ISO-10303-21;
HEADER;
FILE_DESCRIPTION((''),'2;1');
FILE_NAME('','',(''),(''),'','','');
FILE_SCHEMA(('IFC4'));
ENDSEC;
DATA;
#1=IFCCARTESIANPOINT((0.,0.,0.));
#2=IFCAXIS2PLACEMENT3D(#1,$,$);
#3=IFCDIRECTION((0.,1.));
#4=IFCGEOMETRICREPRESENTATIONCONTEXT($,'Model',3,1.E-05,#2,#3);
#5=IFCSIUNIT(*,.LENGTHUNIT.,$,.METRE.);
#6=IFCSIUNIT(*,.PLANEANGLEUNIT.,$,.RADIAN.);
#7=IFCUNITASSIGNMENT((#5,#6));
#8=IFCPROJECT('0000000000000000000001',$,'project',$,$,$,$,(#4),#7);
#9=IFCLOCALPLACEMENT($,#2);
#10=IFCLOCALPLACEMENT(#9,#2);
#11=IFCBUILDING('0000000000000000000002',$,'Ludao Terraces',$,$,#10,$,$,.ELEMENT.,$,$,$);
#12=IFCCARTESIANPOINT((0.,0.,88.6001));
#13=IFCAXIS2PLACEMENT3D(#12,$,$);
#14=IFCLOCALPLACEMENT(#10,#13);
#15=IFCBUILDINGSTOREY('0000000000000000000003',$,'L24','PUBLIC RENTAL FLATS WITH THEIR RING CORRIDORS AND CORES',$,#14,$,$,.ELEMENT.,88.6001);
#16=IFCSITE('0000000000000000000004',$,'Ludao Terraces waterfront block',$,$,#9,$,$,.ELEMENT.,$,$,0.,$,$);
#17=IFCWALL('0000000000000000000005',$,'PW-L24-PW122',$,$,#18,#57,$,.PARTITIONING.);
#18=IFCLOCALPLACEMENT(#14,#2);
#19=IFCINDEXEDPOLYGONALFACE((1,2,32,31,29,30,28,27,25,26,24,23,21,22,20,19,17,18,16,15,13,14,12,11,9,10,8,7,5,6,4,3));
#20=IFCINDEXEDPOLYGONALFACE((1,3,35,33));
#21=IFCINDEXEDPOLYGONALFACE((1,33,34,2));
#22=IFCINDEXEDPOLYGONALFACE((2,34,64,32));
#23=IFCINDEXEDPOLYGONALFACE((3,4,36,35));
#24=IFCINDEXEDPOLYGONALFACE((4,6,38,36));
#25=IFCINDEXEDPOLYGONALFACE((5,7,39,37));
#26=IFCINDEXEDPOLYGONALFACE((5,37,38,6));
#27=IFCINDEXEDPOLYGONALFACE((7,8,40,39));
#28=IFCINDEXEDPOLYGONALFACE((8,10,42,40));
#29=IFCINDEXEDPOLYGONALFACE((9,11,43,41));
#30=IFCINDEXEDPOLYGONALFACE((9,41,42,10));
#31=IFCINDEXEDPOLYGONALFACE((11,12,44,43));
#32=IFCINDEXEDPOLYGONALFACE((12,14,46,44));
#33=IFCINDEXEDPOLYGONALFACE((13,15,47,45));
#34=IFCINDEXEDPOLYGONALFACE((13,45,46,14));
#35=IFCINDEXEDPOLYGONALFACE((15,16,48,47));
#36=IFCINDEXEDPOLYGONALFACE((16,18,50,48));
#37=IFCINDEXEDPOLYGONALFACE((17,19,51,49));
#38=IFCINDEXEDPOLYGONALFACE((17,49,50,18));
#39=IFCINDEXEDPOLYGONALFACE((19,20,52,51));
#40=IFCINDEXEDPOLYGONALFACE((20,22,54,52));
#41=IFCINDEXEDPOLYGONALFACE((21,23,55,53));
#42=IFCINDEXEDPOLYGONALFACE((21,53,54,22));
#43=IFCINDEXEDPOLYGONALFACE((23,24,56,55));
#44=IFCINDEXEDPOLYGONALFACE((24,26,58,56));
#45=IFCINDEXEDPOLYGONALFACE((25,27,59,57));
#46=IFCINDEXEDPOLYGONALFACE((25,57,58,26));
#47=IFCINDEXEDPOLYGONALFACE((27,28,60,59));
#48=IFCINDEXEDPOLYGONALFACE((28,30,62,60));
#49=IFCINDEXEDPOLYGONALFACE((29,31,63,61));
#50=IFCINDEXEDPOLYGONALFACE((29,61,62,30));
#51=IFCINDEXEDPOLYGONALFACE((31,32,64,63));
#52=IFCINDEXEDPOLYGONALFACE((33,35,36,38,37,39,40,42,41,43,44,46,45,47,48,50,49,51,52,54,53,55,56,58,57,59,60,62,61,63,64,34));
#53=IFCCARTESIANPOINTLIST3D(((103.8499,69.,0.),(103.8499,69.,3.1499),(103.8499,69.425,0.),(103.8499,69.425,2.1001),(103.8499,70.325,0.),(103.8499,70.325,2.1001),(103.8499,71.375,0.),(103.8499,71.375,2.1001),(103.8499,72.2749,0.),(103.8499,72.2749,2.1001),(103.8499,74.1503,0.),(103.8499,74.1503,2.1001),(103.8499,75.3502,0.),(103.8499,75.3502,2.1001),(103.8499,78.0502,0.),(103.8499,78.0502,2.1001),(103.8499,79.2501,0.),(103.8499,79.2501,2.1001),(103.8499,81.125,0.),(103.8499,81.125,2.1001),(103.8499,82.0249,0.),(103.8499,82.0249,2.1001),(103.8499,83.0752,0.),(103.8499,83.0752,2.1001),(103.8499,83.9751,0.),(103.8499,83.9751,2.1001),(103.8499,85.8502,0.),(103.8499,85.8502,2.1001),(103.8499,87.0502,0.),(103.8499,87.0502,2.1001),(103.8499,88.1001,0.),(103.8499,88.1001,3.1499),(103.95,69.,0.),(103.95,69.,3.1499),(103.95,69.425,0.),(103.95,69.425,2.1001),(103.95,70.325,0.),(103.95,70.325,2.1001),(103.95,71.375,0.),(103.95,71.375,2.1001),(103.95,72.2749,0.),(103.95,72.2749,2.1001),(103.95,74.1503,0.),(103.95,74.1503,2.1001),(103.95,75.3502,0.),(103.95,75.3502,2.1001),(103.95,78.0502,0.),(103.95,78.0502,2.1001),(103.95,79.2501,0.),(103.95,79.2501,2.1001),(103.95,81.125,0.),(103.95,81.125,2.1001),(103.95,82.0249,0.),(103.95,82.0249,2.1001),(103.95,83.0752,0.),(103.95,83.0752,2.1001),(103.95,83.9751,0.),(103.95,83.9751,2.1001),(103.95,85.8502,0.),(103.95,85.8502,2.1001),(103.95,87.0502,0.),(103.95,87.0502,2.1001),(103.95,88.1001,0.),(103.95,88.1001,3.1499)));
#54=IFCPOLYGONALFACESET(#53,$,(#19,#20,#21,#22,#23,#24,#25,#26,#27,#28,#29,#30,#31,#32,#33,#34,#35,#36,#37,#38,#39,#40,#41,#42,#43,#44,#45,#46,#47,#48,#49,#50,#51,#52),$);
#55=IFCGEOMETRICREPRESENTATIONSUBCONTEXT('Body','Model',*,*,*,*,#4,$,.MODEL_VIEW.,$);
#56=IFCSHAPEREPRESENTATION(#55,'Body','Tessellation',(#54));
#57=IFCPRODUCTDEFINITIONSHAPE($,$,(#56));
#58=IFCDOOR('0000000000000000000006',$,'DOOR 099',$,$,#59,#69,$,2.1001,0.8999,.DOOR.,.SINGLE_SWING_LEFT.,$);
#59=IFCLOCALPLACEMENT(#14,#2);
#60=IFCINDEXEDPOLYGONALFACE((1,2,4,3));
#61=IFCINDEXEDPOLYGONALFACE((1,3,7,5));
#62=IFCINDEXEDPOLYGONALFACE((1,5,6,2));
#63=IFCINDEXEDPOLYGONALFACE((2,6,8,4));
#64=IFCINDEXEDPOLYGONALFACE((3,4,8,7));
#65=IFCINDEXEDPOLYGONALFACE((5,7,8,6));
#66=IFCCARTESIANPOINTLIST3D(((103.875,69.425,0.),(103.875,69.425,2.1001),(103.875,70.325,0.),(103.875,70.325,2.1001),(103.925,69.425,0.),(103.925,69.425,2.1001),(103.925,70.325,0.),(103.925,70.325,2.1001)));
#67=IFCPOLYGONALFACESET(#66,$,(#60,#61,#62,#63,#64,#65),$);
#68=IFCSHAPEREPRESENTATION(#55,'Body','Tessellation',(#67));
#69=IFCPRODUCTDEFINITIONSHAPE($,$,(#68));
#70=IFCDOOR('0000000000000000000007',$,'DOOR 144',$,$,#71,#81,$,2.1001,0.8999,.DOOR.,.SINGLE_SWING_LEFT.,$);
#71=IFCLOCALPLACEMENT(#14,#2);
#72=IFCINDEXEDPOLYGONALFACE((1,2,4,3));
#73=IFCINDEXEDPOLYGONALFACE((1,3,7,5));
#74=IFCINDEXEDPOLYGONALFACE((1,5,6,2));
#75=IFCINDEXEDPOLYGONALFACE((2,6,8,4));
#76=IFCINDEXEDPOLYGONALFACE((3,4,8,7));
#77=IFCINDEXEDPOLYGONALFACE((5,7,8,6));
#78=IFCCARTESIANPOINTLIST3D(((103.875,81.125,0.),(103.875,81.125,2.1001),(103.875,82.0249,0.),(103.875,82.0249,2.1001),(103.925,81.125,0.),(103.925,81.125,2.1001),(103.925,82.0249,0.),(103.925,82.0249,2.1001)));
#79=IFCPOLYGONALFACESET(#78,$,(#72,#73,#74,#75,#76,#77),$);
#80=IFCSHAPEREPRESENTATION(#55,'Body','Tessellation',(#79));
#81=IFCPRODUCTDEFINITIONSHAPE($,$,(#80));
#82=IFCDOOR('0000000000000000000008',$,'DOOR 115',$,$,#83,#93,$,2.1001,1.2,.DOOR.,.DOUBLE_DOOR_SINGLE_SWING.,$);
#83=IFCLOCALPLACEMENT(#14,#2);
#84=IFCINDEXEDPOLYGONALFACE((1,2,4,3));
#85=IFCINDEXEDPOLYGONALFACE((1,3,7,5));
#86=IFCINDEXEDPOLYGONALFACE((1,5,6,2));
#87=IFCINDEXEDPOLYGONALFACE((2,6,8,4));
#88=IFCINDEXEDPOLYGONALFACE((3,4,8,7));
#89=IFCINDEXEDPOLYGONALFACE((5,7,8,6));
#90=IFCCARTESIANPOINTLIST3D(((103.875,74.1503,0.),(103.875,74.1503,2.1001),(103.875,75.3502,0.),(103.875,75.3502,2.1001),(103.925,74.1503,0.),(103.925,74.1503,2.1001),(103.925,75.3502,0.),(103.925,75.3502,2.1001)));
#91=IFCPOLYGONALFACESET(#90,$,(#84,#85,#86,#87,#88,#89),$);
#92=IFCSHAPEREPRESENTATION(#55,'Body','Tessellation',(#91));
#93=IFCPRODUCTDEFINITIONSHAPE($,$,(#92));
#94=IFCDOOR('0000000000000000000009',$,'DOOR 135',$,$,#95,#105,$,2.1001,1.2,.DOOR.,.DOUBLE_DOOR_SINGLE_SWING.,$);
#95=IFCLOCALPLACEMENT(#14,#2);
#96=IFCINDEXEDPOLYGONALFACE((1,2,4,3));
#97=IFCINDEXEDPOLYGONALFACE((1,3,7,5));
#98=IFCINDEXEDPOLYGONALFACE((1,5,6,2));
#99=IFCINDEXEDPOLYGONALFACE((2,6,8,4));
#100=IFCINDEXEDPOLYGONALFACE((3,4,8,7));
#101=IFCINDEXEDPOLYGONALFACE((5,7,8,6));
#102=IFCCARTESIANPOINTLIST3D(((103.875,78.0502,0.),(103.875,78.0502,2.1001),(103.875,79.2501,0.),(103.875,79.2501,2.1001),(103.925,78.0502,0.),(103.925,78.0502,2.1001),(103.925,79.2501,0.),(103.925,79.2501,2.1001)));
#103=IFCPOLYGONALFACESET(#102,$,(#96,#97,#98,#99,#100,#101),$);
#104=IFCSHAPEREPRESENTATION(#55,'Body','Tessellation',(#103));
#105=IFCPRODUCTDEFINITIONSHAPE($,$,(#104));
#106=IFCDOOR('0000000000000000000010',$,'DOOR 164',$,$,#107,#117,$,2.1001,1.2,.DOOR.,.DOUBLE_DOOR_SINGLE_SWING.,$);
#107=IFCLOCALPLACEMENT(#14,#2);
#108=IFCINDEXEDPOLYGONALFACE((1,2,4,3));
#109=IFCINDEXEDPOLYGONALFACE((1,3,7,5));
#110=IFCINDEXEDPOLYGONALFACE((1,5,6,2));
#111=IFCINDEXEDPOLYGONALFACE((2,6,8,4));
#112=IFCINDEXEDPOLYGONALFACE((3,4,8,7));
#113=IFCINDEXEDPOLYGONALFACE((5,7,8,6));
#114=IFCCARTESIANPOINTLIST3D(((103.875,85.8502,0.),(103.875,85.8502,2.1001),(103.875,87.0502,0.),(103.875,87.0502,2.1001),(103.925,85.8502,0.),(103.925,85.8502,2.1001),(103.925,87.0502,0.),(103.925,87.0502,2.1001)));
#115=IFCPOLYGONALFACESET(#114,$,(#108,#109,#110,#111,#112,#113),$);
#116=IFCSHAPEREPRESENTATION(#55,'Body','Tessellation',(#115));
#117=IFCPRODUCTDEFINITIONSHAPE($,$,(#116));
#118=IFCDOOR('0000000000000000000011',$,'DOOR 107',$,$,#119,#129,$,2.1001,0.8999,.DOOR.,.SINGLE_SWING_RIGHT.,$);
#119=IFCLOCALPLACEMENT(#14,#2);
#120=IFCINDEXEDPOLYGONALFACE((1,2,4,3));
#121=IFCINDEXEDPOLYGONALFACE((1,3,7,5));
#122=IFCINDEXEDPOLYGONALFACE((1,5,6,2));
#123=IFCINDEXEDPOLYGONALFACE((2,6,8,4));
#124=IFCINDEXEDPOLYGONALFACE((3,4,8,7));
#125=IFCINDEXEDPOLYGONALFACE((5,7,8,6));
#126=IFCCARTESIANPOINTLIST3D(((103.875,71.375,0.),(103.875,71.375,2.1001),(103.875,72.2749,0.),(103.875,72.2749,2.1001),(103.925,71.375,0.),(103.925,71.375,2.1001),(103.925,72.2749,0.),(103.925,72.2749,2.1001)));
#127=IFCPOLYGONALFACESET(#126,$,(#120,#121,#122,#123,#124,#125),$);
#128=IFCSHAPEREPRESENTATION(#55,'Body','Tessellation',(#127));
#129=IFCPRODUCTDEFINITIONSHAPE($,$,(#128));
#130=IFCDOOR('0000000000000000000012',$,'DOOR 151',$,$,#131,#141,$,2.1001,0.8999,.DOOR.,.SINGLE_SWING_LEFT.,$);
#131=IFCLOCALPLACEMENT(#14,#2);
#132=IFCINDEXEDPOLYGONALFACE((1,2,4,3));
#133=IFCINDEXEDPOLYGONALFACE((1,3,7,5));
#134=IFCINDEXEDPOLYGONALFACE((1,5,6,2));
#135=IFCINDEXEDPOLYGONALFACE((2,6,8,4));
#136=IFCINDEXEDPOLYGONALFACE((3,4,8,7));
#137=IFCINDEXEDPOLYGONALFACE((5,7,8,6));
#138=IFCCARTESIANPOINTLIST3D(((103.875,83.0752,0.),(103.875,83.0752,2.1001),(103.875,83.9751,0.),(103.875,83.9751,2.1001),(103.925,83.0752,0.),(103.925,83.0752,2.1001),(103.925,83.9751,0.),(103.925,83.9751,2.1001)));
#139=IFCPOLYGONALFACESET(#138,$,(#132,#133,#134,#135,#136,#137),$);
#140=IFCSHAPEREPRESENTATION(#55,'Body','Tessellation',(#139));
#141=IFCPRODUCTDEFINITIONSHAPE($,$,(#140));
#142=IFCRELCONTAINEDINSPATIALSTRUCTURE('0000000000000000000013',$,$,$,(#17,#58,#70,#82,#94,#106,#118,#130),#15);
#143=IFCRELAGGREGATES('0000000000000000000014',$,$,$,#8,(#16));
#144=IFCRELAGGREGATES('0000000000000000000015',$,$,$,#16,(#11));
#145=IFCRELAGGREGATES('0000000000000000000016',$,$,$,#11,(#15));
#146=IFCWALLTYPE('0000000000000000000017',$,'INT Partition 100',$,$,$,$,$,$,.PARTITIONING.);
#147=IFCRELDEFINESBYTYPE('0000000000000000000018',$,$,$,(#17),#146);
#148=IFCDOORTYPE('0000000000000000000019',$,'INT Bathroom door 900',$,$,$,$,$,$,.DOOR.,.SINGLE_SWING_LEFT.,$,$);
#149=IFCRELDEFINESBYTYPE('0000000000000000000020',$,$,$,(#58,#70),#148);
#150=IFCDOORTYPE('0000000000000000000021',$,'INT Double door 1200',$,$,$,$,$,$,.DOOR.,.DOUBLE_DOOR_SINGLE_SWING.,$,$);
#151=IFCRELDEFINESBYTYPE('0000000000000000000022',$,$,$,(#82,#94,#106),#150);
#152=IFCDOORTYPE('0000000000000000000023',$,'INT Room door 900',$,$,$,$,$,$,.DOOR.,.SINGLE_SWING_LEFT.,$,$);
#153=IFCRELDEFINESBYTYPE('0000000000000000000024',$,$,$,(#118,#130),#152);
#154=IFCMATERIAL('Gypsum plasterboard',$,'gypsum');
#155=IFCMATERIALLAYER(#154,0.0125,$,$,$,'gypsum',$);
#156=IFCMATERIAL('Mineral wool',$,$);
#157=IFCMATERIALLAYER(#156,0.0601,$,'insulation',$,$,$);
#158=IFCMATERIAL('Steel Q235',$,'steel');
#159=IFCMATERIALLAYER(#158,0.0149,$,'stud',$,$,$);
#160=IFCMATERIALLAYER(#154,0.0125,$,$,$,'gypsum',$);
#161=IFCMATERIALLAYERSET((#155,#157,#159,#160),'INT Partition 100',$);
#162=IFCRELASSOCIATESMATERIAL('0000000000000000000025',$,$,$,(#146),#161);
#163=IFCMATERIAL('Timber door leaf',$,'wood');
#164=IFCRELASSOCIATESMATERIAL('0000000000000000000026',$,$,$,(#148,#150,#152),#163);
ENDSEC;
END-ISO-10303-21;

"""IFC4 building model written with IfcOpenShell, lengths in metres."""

from ifc_helpers import new_model, si_unit, direction, frame, frame_2d, origin, place, context, subcontext, project, spatial, rectangle, extrude, material, layer, layer_set, type_object, element, fill, save


model = new_model("IFC4")

# Units and contexts
model_context = context("Model", 3, precision=1e-05, world=origin(), true_north=direction((0.0, 1.0)))
body_context = subcontext(model_context, "Body", "Model", "MODEL_VIEW")
ifc_project = project(units=[si_unit("LENGTHUNIT", "METRE"), si_unit("PLANEANGLEUNIT", "RADIAN")], contexts=[model_context])

# Site, building, storey
site_placement = place(None, origin())
site = spatial("IfcSite", under=ifc_project, at=site_placement, Name="Ludao Terraces waterfront block", CompositionType="ELEMENT", RefElevation=0.0)
building_placement = place(site_placement, origin())
building = spatial("IfcBuilding", under=site, at=building_placement, Name="Ludao Terraces", CompositionType="ELEMENT")
storey_placement = place(building_placement, frame((0.0, 0.0, 88.6001)))
storey = spatial("IfcBuildingStorey", under=building, at=storey_placement, Name="L24", Description="PUBLIC RENTAL FLATS WITH THEIR RING CORRIDORS AND CORES", CompositionType="ELEMENT", Elevation=88.6001)

# Shared definitions
ifc_material_1 = material(Name="Mineral wool")

# Shared definitions
ifc_material_2 = material(Name="Gypsum plasterboard", Category="gypsum")
ifc_layer_1 = layer(ifc_material_2, 0.0125, Category="gypsum")
ifc_layer_2 = layer(ifc_material_1, 0.0601, Name="insulation")
ifc_material_3 = material(Name="Steel Q235", Category="steel")
ifc_layer_3 = layer(ifc_material_3, 0.0149, Name="stud")
ifc_layer_4 = layer(ifc_material_2, 0.0125, Category="gypsum")
ifc_layer_set_1 = layer_set([ifc_layer_1, ifc_layer_2, ifc_layer_3, ifc_layer_4], Name="INT Partition 100")
wall_type_1 = type_object("IfcWallType", Name="INT Partition 100", PredefinedType="PARTITIONING", material=ifc_layer_set_1)

# Wall, openings, doors
ifc_material_4 = material(Name="Timber door leaf", Category="wood")
door_type_1 = type_object("IfcDoorType", Name="INT Bathroom door 900", OperationType="SINGLE_SWING_LEFT", PredefinedType="DOOR", material=ifc_material_4)
wall_1_placement = place(storey_placement, frame((103.8999, 69.0, 0.0), z_axis=(0.0, 0.0, 1.0), x_axis=(0.0, 1.0, 0.0)))
wall_1 = element("IfcWall", 1, at=wall_1_placement, inside=storey, type_object=wall_type_1, Name="PW-L24-PW122", PredefinedType="PARTITIONING", context=body_context, shape_type="SweptSolid", body=[
    extrude(rectangle(XDim=19.1001, YDim=0.1001, at=frame_2d((9.55, 0.0))), origin(), (0.0, 0.0, 1.0), 3.1499),
])
opening_1_placement = place(wall_1_placement, frame((0.425, 0.0, 0.0)))
opening_1 = element("IfcOpeningElement", 2, at=opening_1_placement, cuts=wall_1, PredefinedType="OPENING", context=body_context, shape_type="SweptSolid", body=[
    extrude(rectangle(XDim=0.8999, YDim=2.1001, at=frame_2d((0.45, 1.05))), frame((0.0, 0.0601, 0.0), z_axis=(0.0, -1.0, 0.0), x_axis=(1.0, 0.0, 0.0)), (0.0, 0.0, 1.0), 0.1201),
])
opening_2_placement = place(wall_1_placement, frame((2.375, 0.0, 0.0)))
opening_2 = element("IfcOpeningElement", 3, at=opening_2_placement, cuts=wall_1, PredefinedType="OPENING", context=body_context, shape_type="SweptSolid", body=[
    extrude(rectangle(XDim=0.8999, YDim=2.1001, at=frame_2d((0.45, 1.05))), frame((0.0, 0.0601, 0.0), z_axis=(0.0, -1.0, 0.0), x_axis=(1.0, 0.0, 0.0)), (0.0, 0.0, 1.0), 0.1201),
])
opening_3_placement = place(wall_1_placement, frame((5.1501, 0.0, 0.0)))
opening_3 = element("IfcOpeningElement", 4, at=opening_3_placement, cuts=wall_1, PredefinedType="OPENING", context=body_context, shape_type="SweptSolid", body=[
    extrude(rectangle(XDim=1.2, YDim=2.1001, at=frame_2d((0.6001, 1.05))), frame((0.0, 0.0601, 0.0), z_axis=(0.0, -1.0, 0.0), x_axis=(1.0, 0.0, 0.0)), (0.0, 0.0, 1.0), 0.1201),
])
opening_4_placement = place(wall_1_placement, frame((9.05, 0.0, 0.0)))
opening_4 = element("IfcOpeningElement", 5, at=opening_4_placement, cuts=wall_1, PredefinedType="OPENING", context=body_context, shape_type="SweptSolid", body=[
    extrude(rectangle(XDim=1.2, YDim=2.1001, at=frame_2d((0.6001, 1.05))), frame((0.0, 0.0601, 0.0), z_axis=(0.0, -1.0, 0.0), x_axis=(1.0, 0.0, 0.0)), (0.0, 0.0, 1.0), 0.1201),
])
opening_5_placement = place(wall_1_placement, frame((12.125, 0.0, 0.0)))
opening_5 = element("IfcOpeningElement", 6, at=opening_5_placement, cuts=wall_1, PredefinedType="OPENING", context=body_context, shape_type="SweptSolid", body=[
    extrude(rectangle(XDim=0.8999, YDim=2.1001, at=frame_2d((0.45, 1.05))), frame((0.0, 0.0601, 0.0), z_axis=(0.0, -1.0, 0.0), x_axis=(1.0, 0.0, 0.0)), (0.0, 0.0, 1.0), 0.1201),
])
opening_6_placement = place(wall_1_placement, frame((14.0752, 0.0, 0.0)))
opening_6 = element("IfcOpeningElement", 7, at=opening_6_placement, cuts=wall_1, PredefinedType="OPENING", context=body_context, shape_type="SweptSolid", body=[
    extrude(rectangle(XDim=0.8999, YDim=2.1001, at=frame_2d((0.45, 1.05))), frame((0.0, 0.0601, 0.0), z_axis=(0.0, -1.0, 0.0), x_axis=(1.0, 0.0, 0.0)), (0.0, 0.0, 1.0), 0.1201),
])
opening_7_placement = place(wall_1_placement, frame((16.8501, 0.0, 0.0)))
opening_7 = element("IfcOpeningElement", 8, at=opening_7_placement, cuts=wall_1, PredefinedType="OPENING", context=body_context, shape_type="SweptSolid", body=[
    extrude(rectangle(XDim=1.2, YDim=2.1001, at=frame_2d((0.6001, 1.05))), frame((0.0, 0.0601, 0.0), z_axis=(0.0, -1.0, 0.0), x_axis=(1.0, 0.0, 0.0)), (0.0, 0.0, 1.0), 0.1201),
])
door_1_placement = place(opening_1_placement, origin())
door_1 = element("IfcDoor", 9, at=door_1_placement, inside=storey, type_object=door_type_1, Name="DOOR 099", OperationType="SINGLE_SWING_LEFT", OverallHeight=2.1001, OverallWidth=0.8999, PredefinedType="DOOR", context=body_context, shape_type="SweptSolid", body=[
    extrude(rectangle(XDim=0.8999, YDim=2.1001, at=frame_2d((0.45, 1.05))), frame((0.0, 0.0249, 0.0), z_axis=(0.0, -1.0, 0.0), x_axis=(1.0, 0.0, 0.0)), (0.0, 0.0, 1.0), 0.05),
])
fill(opening_1, door_1)
door_2_placement = place(opening_5_placement, origin())
door_2 = element("IfcDoor", 10, at=door_2_placement, inside=storey, type_object=door_type_1, Name="DOOR 144", OperationType="SINGLE_SWING_LEFT", OverallHeight=2.1001, OverallWidth=0.8999, PredefinedType="DOOR", context=body_context, shape_type="SweptSolid", body=[
    extrude(rectangle(XDim=0.8999, YDim=2.1001, at=frame_2d((0.45, 1.05))), frame((0.0, 0.0249, 0.0), z_axis=(0.0, -1.0, 0.0), x_axis=(1.0, 0.0, 0.0)), (0.0, 0.0, 1.0), 0.05),
])
fill(opening_5, door_2)
door_type_2 = type_object("IfcDoorType", Name="INT Double door 1200", OperationType="DOUBLE_DOOR_SINGLE_SWING", PredefinedType="DOOR", material=ifc_material_4)
door_3_placement = place(opening_3_placement, origin())
door_3 = element("IfcDoor", 11, at=door_3_placement, inside=storey, type_object=door_type_2, Name="DOOR 115", OperationType="DOUBLE_DOOR_SINGLE_SWING", OverallHeight=2.1001, OverallWidth=1.2, PredefinedType="DOOR", context=body_context, shape_type="SweptSolid", body=[
    extrude(rectangle(XDim=1.2, YDim=2.1001, at=frame_2d((0.6001, 1.05))), frame((0.0, 0.0249, 0.0), z_axis=(0.0, -1.0, 0.0), x_axis=(1.0, 0.0, 0.0)), (0.0, 0.0, 1.0), 0.05),
])
fill(opening_3, door_3)
door_4_placement = place(opening_4_placement, origin())
door_4 = element("IfcDoor", 12, at=door_4_placement, inside=storey, type_object=door_type_2, Name="DOOR 135", OperationType="DOUBLE_DOOR_SINGLE_SWING", OverallHeight=2.1001, OverallWidth=1.2, PredefinedType="DOOR", context=body_context, shape_type="SweptSolid", body=[
    extrude(rectangle(XDim=1.2, YDim=2.1001, at=frame_2d((0.6001, 1.05))), frame((0.0, 0.0249, 0.0), z_axis=(0.0, -1.0, 0.0), x_axis=(1.0, 0.0, 0.0)), (0.0, 0.0, 1.0), 0.05),
])
fill(opening_4, door_4)
door_5_placement = place(opening_7_placement, origin())
door_5 = element("IfcDoor", 13, at=door_5_placement, inside=storey, type_object=door_type_2, Name="DOOR 164", OperationType="DOUBLE_DOOR_SINGLE_SWING", OverallHeight=2.1001, OverallWidth=1.2, PredefinedType="DOOR", context=body_context, shape_type="SweptSolid", body=[
    extrude(rectangle(XDim=1.2, YDim=2.1001, at=frame_2d((0.6001, 1.05))), frame((0.0, 0.0249, 0.0), z_axis=(0.0, -1.0, 0.0), x_axis=(1.0, 0.0, 0.0)), (0.0, 0.0, 1.0), 0.05),
])
fill(opening_7, door_5)
door_type_3 = type_object("IfcDoorType", Name="INT Room door 900", OperationType="SINGLE_SWING_LEFT", PredefinedType="DOOR", material=ifc_material_4)
door_6_placement = place(opening_2_placement, origin())
door_6 = element("IfcDoor", 14, at=door_6_placement, inside=storey, type_object=door_type_3, Name="DOOR 107", OperationType="SINGLE_SWING_RIGHT", OverallHeight=2.1001, OverallWidth=0.8999, PredefinedType="DOOR", context=body_context, shape_type="SweptSolid", body=[
    extrude(rectangle(XDim=0.8999, YDim=2.1001, at=frame_2d((0.45, 1.05))), frame((0.0, 0.0249, 0.0), z_axis=(0.0, -1.0, 0.0), x_axis=(1.0, 0.0, 0.0)), (0.0, 0.0, 1.0), 0.05),
])
fill(opening_2, door_6)
door_7_placement = place(opening_6_placement, origin())
door_7 = element("IfcDoor", 15, at=door_7_placement, inside=storey, type_object=door_type_3, Name="DOOR 151", OperationType="SINGLE_SWING_LEFT", OverallHeight=2.1001, OverallWidth=0.8999, PredefinedType="DOOR", context=body_context, shape_type="SweptSolid", body=[
    extrude(rectangle(XDim=0.8999, YDim=2.1001, at=frame_2d((0.45, 1.05))), frame((0.0, 0.0249, 0.0), z_axis=(0.0, -1.0, 0.0), x_axis=(1.0, 0.0, 0.0)), (0.0, 0.0, 1.0), 0.05),
])
fill(opening_6, door_7)

save(model, "model.ifc")
